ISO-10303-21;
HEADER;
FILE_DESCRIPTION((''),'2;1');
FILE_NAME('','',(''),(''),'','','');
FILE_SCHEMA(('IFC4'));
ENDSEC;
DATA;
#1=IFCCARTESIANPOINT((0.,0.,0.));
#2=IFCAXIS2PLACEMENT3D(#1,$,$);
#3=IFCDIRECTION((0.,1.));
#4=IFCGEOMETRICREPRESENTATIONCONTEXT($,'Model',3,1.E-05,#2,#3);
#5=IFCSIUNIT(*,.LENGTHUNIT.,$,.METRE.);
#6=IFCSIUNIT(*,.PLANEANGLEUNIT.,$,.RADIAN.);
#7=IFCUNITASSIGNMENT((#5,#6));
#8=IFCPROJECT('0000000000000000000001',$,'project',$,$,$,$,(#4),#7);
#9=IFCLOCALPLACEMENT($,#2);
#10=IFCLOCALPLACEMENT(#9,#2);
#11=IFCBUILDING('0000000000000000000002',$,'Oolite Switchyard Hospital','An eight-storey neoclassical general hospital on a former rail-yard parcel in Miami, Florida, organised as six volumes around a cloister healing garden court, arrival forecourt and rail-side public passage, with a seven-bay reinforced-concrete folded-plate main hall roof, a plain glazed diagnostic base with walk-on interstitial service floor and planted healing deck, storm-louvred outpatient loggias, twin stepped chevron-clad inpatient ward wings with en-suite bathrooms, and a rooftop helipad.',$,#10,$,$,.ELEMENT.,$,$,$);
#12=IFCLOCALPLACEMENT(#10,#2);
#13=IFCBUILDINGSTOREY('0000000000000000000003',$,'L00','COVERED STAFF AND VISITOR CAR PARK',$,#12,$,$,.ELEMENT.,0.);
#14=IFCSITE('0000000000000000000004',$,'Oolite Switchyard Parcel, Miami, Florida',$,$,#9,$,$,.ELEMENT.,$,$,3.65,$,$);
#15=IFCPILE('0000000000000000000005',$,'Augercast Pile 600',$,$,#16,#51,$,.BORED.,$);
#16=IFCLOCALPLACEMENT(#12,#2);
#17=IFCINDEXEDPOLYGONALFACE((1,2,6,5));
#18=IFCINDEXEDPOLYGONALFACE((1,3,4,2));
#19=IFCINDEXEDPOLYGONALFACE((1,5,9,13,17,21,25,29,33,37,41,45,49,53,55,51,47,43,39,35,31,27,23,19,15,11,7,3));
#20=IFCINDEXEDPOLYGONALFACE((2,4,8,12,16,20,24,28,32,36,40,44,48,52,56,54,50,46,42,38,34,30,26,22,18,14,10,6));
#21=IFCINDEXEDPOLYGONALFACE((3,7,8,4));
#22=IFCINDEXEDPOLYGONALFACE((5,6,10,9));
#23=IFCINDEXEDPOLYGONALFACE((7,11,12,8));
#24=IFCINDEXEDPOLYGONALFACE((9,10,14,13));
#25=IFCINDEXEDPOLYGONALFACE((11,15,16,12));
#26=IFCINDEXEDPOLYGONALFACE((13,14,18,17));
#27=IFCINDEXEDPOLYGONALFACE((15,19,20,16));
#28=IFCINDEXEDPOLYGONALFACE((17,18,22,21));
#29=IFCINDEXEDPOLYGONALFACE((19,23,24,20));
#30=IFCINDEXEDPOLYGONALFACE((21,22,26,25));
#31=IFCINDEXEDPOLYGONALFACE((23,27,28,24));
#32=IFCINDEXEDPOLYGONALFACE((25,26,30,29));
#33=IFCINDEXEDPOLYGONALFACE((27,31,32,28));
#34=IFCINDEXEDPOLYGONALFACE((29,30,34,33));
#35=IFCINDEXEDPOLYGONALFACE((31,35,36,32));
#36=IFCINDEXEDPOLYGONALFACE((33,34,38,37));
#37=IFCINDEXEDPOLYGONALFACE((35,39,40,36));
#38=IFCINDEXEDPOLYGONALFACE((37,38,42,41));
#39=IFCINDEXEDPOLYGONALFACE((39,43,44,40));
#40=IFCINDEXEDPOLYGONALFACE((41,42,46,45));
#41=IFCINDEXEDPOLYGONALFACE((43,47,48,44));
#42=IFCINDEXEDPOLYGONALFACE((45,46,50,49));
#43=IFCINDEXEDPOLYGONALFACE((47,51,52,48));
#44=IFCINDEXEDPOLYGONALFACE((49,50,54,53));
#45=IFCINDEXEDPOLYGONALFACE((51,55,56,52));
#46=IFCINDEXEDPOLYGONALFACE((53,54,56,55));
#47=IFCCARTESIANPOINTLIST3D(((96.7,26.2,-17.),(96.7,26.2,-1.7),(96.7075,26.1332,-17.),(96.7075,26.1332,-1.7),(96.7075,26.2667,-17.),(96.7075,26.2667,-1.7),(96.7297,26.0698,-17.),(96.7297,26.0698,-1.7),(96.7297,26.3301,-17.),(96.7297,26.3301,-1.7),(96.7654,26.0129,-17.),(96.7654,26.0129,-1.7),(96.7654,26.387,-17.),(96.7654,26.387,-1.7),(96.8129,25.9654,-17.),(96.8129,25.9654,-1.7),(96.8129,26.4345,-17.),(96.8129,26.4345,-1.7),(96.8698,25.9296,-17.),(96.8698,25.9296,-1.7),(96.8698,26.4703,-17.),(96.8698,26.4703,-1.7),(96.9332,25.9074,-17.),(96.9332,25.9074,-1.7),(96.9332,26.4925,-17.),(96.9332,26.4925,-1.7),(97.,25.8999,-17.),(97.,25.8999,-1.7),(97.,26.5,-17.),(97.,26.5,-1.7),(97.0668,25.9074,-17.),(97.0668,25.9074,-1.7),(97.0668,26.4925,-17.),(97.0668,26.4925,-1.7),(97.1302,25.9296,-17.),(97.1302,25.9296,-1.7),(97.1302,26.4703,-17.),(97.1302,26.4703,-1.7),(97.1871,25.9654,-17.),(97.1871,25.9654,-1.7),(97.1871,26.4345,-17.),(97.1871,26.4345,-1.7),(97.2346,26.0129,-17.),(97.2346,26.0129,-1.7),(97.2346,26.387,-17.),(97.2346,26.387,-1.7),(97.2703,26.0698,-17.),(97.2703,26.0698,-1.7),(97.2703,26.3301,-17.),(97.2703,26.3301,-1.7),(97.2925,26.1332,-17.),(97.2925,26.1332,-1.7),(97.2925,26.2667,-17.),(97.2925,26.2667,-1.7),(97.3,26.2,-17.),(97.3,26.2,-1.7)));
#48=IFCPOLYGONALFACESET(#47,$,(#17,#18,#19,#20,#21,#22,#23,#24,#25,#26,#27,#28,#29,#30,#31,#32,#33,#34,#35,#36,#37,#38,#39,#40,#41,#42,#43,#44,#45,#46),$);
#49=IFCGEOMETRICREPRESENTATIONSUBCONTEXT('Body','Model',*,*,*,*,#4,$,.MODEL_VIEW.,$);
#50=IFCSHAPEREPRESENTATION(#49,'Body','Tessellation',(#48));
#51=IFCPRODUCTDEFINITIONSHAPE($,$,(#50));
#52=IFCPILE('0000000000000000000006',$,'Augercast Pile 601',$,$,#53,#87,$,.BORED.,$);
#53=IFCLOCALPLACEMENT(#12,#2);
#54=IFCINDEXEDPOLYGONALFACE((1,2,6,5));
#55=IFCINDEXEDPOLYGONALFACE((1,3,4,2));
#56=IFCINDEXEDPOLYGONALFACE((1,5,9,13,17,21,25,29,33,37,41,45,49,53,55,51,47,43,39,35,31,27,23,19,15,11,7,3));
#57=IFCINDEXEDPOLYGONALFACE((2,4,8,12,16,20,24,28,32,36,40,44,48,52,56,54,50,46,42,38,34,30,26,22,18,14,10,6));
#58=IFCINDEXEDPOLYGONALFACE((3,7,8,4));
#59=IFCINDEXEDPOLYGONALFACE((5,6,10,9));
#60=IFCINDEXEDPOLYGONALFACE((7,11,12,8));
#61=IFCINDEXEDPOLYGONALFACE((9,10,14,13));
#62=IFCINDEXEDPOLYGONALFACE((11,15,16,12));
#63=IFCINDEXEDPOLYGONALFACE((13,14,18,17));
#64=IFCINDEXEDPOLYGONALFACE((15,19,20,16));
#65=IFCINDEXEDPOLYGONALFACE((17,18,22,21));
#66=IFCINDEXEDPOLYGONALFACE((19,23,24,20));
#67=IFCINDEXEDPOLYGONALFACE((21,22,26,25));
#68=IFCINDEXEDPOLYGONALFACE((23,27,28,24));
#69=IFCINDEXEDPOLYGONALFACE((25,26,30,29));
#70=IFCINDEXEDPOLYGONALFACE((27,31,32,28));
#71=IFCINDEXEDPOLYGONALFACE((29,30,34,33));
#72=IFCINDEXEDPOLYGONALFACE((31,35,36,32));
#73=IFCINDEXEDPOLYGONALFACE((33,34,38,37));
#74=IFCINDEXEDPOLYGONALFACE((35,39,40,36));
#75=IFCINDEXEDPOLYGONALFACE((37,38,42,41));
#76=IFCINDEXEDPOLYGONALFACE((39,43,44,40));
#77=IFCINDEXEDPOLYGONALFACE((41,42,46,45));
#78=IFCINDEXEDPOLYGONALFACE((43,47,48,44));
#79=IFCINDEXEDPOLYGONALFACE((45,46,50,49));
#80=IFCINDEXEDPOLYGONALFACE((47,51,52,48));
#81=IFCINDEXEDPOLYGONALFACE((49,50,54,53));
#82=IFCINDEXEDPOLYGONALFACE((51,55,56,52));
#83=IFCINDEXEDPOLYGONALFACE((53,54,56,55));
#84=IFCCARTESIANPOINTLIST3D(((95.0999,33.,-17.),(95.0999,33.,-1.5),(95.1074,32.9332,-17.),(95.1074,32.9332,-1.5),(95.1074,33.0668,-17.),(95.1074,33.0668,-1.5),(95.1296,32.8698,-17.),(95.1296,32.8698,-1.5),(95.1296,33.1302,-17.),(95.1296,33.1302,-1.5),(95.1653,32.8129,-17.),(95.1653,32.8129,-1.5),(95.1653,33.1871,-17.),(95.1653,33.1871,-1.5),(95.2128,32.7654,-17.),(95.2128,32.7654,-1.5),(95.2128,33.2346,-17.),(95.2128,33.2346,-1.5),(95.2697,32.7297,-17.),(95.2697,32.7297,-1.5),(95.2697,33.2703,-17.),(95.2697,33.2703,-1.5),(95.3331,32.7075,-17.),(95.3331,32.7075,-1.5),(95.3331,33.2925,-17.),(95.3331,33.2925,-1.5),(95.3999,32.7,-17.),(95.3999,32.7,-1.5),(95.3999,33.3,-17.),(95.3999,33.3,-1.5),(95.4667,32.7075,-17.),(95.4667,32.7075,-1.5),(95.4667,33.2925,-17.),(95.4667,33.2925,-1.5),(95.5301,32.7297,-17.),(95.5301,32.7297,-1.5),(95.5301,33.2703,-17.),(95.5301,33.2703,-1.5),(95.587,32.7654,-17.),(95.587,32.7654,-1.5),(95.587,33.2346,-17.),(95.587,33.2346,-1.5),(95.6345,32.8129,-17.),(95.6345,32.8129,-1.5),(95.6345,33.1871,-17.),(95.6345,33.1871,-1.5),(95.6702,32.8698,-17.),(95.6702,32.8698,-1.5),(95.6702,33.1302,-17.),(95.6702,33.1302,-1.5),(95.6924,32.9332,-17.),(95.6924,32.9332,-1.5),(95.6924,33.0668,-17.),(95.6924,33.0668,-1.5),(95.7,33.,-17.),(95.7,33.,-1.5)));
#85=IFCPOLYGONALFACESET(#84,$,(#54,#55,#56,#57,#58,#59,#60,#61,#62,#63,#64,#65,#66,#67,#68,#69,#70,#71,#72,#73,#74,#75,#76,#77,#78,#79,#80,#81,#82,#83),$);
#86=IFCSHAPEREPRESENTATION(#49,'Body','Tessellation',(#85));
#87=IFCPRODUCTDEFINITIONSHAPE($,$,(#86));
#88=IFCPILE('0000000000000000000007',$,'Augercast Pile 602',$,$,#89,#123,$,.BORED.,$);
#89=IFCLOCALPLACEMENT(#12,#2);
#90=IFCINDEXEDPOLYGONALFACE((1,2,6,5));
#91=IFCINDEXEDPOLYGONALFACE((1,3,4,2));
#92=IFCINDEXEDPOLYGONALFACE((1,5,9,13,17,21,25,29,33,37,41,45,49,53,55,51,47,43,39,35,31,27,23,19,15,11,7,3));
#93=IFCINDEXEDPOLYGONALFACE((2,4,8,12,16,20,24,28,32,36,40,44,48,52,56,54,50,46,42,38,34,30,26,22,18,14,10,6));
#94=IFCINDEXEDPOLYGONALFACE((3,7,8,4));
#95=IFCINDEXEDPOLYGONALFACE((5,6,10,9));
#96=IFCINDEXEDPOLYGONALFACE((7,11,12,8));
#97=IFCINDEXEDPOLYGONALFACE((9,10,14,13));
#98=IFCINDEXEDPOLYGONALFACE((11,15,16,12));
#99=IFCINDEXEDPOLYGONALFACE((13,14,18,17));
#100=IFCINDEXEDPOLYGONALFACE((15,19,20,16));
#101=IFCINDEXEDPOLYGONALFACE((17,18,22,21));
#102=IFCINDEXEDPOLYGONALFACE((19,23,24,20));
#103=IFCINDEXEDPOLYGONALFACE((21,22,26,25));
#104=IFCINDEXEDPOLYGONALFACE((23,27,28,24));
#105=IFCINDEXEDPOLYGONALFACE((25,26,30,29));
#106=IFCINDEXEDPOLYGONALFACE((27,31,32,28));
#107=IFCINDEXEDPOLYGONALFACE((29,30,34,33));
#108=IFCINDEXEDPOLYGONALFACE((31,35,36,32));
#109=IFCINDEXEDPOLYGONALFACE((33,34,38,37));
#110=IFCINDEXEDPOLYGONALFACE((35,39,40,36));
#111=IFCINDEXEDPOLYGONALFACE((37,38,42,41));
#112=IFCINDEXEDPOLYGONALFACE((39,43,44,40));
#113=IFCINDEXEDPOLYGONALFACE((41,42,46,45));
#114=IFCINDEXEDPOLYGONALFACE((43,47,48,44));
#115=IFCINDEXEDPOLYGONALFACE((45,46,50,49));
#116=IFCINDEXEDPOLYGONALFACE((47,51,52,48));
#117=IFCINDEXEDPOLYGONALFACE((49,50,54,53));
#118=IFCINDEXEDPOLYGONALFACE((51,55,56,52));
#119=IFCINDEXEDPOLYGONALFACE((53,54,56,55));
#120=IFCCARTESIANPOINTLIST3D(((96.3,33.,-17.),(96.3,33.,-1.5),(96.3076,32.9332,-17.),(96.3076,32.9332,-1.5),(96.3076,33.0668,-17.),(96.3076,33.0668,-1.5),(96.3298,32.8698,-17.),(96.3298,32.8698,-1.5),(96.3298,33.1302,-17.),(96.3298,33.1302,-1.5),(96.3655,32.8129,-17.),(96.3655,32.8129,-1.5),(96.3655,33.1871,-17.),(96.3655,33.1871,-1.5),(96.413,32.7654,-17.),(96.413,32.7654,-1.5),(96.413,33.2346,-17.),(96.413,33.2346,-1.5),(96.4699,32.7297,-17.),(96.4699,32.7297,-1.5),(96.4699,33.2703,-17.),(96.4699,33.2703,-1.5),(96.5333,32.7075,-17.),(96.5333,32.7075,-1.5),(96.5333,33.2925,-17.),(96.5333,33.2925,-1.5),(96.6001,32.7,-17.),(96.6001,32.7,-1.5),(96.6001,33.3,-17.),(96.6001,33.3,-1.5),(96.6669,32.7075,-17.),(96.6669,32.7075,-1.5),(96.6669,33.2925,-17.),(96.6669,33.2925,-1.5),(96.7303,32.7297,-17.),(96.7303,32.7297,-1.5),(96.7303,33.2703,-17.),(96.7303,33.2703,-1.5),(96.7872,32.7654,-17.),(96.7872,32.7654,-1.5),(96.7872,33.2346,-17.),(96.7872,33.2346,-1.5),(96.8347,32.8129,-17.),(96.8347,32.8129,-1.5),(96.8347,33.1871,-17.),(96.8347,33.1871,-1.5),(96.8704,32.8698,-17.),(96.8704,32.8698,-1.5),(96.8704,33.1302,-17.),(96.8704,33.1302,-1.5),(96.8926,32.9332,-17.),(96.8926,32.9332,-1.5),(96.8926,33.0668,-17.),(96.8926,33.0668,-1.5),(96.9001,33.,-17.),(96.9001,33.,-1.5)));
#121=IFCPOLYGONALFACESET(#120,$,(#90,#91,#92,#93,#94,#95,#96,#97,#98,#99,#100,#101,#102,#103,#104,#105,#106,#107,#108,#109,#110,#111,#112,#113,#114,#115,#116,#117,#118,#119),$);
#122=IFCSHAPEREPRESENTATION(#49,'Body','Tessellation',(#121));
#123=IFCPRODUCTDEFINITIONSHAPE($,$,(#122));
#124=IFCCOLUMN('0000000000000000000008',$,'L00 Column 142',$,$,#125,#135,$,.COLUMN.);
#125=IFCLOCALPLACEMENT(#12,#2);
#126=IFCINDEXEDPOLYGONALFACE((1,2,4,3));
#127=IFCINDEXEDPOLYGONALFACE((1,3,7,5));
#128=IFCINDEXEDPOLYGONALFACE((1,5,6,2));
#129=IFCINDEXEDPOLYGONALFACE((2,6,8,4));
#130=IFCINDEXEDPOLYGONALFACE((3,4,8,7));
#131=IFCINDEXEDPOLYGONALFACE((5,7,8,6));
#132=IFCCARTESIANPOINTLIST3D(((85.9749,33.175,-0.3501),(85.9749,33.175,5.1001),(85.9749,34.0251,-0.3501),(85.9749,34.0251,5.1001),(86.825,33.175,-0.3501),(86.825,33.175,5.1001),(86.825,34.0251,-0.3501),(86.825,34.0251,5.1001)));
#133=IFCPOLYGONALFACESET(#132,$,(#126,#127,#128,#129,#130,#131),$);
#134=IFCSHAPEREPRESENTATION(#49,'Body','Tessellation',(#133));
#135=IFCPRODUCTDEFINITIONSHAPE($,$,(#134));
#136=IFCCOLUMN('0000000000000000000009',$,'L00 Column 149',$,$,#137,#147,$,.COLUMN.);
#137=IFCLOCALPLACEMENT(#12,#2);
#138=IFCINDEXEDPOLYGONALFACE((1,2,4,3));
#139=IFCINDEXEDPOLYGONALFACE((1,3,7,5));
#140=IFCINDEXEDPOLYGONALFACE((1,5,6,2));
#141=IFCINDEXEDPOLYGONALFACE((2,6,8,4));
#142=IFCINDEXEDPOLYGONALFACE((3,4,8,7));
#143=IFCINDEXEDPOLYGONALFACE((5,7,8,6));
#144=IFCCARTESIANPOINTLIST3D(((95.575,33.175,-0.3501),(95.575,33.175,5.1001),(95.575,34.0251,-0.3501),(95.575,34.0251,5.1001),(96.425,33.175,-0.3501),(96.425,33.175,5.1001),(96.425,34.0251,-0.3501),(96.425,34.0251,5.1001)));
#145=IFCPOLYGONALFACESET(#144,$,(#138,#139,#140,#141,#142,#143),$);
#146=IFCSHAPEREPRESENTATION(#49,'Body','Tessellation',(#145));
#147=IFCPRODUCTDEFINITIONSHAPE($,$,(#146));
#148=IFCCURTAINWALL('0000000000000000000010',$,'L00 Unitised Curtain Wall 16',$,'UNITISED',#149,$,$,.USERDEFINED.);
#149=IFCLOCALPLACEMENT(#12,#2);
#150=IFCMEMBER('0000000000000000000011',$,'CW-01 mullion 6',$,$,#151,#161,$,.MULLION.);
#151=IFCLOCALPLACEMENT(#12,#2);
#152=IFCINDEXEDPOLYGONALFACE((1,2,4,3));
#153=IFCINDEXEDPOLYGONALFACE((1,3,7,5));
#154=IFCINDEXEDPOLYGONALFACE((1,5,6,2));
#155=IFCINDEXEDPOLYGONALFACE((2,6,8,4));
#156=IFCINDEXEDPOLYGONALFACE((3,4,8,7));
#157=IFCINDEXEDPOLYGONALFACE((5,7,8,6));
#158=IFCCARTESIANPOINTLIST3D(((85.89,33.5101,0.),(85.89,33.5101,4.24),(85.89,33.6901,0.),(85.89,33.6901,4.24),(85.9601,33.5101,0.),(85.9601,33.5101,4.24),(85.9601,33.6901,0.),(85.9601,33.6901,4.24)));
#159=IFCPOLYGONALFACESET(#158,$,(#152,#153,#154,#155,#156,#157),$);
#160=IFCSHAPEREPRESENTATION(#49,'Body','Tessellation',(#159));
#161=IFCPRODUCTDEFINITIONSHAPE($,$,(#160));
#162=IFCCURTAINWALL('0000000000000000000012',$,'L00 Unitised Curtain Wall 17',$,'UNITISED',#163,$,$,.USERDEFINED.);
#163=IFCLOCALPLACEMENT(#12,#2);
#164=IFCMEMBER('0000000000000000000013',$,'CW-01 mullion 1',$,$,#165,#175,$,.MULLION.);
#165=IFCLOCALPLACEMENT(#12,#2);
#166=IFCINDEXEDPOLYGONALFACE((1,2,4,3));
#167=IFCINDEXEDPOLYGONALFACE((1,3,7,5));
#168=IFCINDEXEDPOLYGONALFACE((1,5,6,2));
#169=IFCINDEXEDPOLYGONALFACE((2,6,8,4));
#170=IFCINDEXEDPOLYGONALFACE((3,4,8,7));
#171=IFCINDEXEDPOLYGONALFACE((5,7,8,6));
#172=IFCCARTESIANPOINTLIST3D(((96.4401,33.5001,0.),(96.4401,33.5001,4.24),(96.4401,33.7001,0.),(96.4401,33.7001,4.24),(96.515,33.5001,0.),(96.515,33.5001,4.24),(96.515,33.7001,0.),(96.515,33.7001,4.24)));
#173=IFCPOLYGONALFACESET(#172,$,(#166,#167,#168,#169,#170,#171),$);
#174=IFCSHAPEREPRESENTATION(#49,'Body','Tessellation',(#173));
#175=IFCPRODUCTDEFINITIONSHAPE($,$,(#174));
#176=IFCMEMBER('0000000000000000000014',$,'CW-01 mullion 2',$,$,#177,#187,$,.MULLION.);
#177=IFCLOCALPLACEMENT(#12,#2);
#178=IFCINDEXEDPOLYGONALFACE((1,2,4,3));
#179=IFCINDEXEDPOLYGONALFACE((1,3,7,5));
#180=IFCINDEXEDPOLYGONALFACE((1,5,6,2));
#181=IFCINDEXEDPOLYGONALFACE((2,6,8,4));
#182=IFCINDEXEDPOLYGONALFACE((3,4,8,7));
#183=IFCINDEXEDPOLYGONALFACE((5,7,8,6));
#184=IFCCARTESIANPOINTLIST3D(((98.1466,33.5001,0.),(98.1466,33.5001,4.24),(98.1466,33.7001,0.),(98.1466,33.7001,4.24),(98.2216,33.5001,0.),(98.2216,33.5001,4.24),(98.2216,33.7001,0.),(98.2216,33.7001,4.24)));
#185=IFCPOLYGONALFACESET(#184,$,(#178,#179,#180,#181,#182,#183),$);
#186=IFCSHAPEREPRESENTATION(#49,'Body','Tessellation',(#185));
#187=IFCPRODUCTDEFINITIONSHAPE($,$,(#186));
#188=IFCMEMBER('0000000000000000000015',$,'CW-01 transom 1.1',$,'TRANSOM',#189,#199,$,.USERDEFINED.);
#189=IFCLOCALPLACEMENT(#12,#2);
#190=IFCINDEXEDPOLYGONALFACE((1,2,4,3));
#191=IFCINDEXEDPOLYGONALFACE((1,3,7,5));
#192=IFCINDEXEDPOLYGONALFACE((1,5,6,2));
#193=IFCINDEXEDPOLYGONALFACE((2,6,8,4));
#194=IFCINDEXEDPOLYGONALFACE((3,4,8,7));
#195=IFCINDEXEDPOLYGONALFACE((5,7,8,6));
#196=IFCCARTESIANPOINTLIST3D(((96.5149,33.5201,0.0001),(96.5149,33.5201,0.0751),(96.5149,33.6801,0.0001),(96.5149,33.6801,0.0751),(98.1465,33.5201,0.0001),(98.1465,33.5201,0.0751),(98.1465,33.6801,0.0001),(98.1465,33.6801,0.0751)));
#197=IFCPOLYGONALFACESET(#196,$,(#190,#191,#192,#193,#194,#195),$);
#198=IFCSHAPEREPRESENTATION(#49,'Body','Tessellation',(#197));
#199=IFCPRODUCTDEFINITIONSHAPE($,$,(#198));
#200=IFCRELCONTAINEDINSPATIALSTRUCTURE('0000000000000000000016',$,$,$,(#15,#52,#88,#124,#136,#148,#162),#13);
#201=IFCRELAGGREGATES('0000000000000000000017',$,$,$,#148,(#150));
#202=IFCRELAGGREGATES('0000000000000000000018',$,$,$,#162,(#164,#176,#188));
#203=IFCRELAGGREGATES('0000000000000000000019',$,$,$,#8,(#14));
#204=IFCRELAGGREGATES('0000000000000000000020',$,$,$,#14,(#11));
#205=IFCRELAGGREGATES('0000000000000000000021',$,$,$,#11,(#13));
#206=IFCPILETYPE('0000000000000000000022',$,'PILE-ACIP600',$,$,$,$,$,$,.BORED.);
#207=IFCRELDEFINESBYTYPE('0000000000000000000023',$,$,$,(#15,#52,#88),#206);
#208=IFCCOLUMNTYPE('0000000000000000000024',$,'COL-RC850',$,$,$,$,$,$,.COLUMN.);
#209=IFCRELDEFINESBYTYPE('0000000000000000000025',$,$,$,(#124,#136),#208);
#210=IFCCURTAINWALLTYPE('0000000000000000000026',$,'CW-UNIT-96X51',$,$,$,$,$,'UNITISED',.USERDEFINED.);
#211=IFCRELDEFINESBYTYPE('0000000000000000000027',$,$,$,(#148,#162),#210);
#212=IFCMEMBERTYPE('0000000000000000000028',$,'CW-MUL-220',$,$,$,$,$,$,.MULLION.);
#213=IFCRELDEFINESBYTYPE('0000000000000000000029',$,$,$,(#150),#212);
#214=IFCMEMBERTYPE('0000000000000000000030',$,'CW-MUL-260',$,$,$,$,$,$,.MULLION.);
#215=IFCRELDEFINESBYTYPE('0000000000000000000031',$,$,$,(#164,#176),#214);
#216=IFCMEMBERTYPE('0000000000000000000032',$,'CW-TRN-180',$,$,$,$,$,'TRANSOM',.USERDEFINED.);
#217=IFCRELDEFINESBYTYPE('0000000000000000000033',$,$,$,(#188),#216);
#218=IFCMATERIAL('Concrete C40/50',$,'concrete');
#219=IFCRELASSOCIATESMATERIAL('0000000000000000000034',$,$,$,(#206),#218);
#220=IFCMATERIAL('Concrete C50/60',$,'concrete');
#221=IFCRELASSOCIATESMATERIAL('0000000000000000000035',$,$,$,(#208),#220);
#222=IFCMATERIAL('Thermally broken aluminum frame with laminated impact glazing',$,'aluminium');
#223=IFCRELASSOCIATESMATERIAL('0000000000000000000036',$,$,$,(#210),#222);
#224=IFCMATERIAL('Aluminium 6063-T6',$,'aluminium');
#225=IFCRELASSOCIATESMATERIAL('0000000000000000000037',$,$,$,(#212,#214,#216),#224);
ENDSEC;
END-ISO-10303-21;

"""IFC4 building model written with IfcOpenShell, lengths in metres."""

from ifc_helpers import new_model, si_unit, direction, frame, origin, origin_2d, place, context, subcontext, project, spatial, rectangle, circle, extrude, material, material_profile, profile_set, type_object, element, aggregate, save


model = new_model("IFC4")

# Units and contexts
model_context = context("Model", 3, precision=1e-05, world=origin(), true_north=direction((0.0, 1.0)))
body_context = subcontext(model_context, "Body", "Model", "MODEL_VIEW")
ifc_project = project(units=[si_unit("LENGTHUNIT", "METRE"), si_unit("PLANEANGLEUNIT", "RADIAN")], contexts=[model_context])

# Site, building, storey
site_placement = place(None, origin())
site = spatial("IfcSite", under=ifc_project, at=site_placement, Name="Oolite Switchyard Parcel, Miami, Florida", CompositionType="ELEMENT", RefElevation=3.65)
building_placement = place(site_placement, origin())
building = spatial("IfcBuilding", under=site, at=building_placement, Name="Oolite Switchyard Hospital", Description="An eight-storey neoclassical general hospital on a former rail-yard parcel in Miami, Florida, organised as six volumes around a cloister healing garden court, arrival forecourt and rail-side public passage, with a seven-bay reinforced-concrete folded-plate main hall roof, a plain glazed diagnostic base with walk-on interstitial service floor and planted healing deck, storm-louvred outpatient loggias, twin stepped chevron-clad inpatient ward wings with en-suite bathrooms, and a rooftop helipad.", CompositionType="ELEMENT")
storey_placement = place(building_placement, origin())
storey = spatial("IfcBuildingStorey", under=building, at=storey_placement, Name="L00", Description="COVERED STAFF AND VISITOR CAR PARK", CompositionType="ELEMENT", Elevation=0.0)

# Shared definitions
ifc_material_1 = material(Name="Concrete C40/50", Category="concrete")

# Piles
ifc_material_profile_1 = material_profile(ifc_material_1, circle(Radius=0.3, at=origin_2d()), Name="PILE600")
ifc_profile_set_1 = profile_set([ifc_material_profile_1], Name="Concrete C40/50")
pile_type = type_object("IfcPileType", Name="PILE-ACIP600", PredefinedType="BORED", material=ifc_profile_set_1)
for number, where, z_axis, x_axis, name in (
    (1, (97.0, 26.2, -1.7), (0.0, 0.0, -1.0), (1.0, 0.0, 0.0), "Augercast Pile 600"),
):
    element("IfcPile", number, at=place(storey_placement, frame(where, z_axis=z_axis, x_axis=x_axis)), inside=storey, type_object=pile_type, Name=name, PredefinedType="BORED", context=body_context, shape_type="SweptSolid", body=[
        extrude(circle(Radius=0.3, at=origin_2d()), origin(), (0.0, 0.0, 1.0), 15.3),
    ])
for number, where, z_axis, x_axis, name in (
    (2, (95.3999, 33.0, -1.5), (0.0, 0.0, -1.0), (1.0, 0.0, 0.0), "Augercast Pile 601"),
    (3, (96.6001, 33.0, -1.5), (0.0, 0.0, -1.0), (1.0, 0.0, 0.0), "Augercast Pile 602"),
):
    element("IfcPile", number, at=place(storey_placement, frame(where, z_axis=z_axis, x_axis=x_axis)), inside=storey, type_object=pile_type, Name=name, PredefinedType="BORED", context=body_context, shape_type="SweptSolid", body=[
        extrude(circle(Radius=0.3, at=origin_2d()), origin(), (0.0, 0.0, 1.0), 15.5),
    ])

# Columns
ifc_material_2 = material(Name="Concrete C50/60", Category="concrete")
ifc_material_profile_2 = material_profile(ifc_material_2, rectangle(XDim=0.8501, YDim=0.8501, at=origin_2d()), Name="RC850X850")
ifc_profile_set_2 = profile_set([ifc_material_profile_2], Name="Concrete C50/60")
column_type = type_object("IfcColumnType", Name="COL-RC850", PredefinedType="COLUMN", material=ifc_profile_set_2)
for number, where, z_axis, x_axis, name in (
    (4, (86.3999, 33.6001, -0.3501), (0.0, 0.0, 1.0), (1.0, 0.0, 0.0), "L00 Column 142"),
    (5, (96.0, 33.6001, -0.3501), (0.0, 0.0, 1.0), (1.0, 0.0, 0.0), "L00 Column 149"),
):
    element("IfcColumn", number, at=place(storey_placement, frame(where, z_axis=z_axis, x_axis=x_axis)), inside=storey, type_object=column_type, Name=name, PredefinedType="COLUMN", context=body_context, shape_type="SweptSolid", body=[
        extrude(rectangle(XDim=0.8501, YDim=0.8501, at=origin_2d()), origin(), (0.0, 0.0, 1.0), 5.4502),
    ])

# Curtain wall, member
ifc_material_3 = material(Name="Thermally broken aluminum frame with laminated impact glazing", Category="aluminium")
curtain_wall_type = type_object("IfcCurtainWallType", Name="CW-UNIT-96X51", ElementType="UNITISED", PredefinedType="USERDEFINED", material=ifc_material_3)
curtain_wall_1_placement = place(storey_placement, origin())
curtain_wall_1 = element("IfcCurtainWall", 6, at=curtain_wall_1_placement, inside=storey, type_object=curtain_wall_type, Name="L00 Unitised Curtain Wall 16", ObjectType="UNITISED", PredefinedType="USERDEFINED")
ifc_material_4 = material(Name="Aluminium 6063-T6", Category="aluminium")
ifc_material_profile_3 = material_profile(ifc_material_4, rectangle(XDim=0.1799, YDim=0.0701, at=origin_2d()), Name="CWM70X180")
ifc_profile_set_3 = profile_set([ifc_material_profile_3], Name="Aluminium 6063-T6")
member_type_1 = type_object("IfcMemberType", Name="CW-MUL-220", PredefinedType="MULLION", material=ifc_profile_set_3)
member_1_placement = place(storey_placement, frame((85.925, 33.6001, 0.0), z_axis=(0.0, 0.0, 1.0), x_axis=(0.0, 1.0, 0.0)))
member_1 = element("IfcMember", 7, at=member_1_placement, type_object=member_type_1, Name="CW-01 mullion 6", PredefinedType="MULLION", context=body_context, shape_type="SweptSolid", body=[
    extrude(rectangle(XDim=0.1799, YDim=0.0701, at=origin_2d()), origin(), (0.0, 0.0, 1.0), 4.24),
])
aggregate(curtain_wall_1, [member_1])

# Curtain wall, members
curtain_wall_2_placement = place(storey_placement, origin())
curtain_wall_2 = element("IfcCurtainWall", 8, at=curtain_wall_2_placement, inside=storey, type_object=curtain_wall_type, Name="L00 Unitised Curtain Wall 17", ObjectType="UNITISED", PredefinedType="USERDEFINED")
ifc_material_profile_4 = material_profile(ifc_material_4, rectangle(XDim=0.2, YDim=0.075, at=origin_2d()), Name="CWM75X200")
ifc_profile_set_4 = profile_set([ifc_material_profile_4], Name="Aluminium 6063-T6")
member_type_2 = type_object("IfcMemberType", Name="CW-MUL-260", PredefinedType="MULLION", material=ifc_profile_set_4)
member_2_placement = place(storey_placement, frame((96.4775, 33.6001, 0.0), z_axis=(0.0, 0.0, 1.0), x_axis=(0.0, 1.0, 0.0)))
member_2 = element("IfcMember", 9, at=member_2_placement, type_object=member_type_2, Name="CW-01 mullion 1", PredefinedType="MULLION", context=body_context, shape_type="SweptSolid", body=[
    extrude(rectangle(XDim=0.2, YDim=0.075, at=origin_2d()), origin(), (0.0, 0.0, 1.0), 4.24),
])
member_3_placement = place(storey_placement, frame((98.1841, 33.6001, 0.0), z_axis=(0.0, 0.0, 1.0), x_axis=(0.0, 1.0, 0.0)))
member_3 = element("IfcMember", 10, at=member_3_placement, type_object=member_type_2, Name="CW-01 mullion 2", PredefinedType="MULLION", context=body_context, shape_type="SweptSolid", body=[
    extrude(rectangle(XDim=0.2, YDim=0.075, at=origin_2d()), origin(), (0.0, 0.0, 1.0), 4.24),
])
ifc_material_profile_5 = material_profile(ifc_material_4, rectangle(XDim=0.1599, YDim=0.075, at=origin_2d()), Name="CWT75X160")
ifc_profile_set_5 = profile_set([ifc_material_profile_5], Name="Aluminium 6063-T6")
member_type_3 = type_object("IfcMemberType", Name="CW-TRN-180", ElementType="TRANSOM", PredefinedType="USERDEFINED", material=ifc_profile_set_5)
member_4_placement = place(storey_placement, frame((96.5149, 33.6001, 0.0376), z_axis=(1.0, 0.0, 0.0), x_axis=(0.0, 1.0, 0.0)))
member_4 = element("IfcMember", 11, at=member_4_placement, type_object=member_type_3, Name="CW-01 transom 1.1", ObjectType="TRANSOM", PredefinedType="USERDEFINED", context=body_context, shape_type="SweptSolid", body=[
    extrude(rectangle(XDim=0.1599, YDim=0.075, at=origin_2d()), origin(), (0.0, 0.0, 1.0), 1.6316),
])
aggregate(curtain_wall_2, [member_2, member_3, member_4])

save(model, "model.ifc")
